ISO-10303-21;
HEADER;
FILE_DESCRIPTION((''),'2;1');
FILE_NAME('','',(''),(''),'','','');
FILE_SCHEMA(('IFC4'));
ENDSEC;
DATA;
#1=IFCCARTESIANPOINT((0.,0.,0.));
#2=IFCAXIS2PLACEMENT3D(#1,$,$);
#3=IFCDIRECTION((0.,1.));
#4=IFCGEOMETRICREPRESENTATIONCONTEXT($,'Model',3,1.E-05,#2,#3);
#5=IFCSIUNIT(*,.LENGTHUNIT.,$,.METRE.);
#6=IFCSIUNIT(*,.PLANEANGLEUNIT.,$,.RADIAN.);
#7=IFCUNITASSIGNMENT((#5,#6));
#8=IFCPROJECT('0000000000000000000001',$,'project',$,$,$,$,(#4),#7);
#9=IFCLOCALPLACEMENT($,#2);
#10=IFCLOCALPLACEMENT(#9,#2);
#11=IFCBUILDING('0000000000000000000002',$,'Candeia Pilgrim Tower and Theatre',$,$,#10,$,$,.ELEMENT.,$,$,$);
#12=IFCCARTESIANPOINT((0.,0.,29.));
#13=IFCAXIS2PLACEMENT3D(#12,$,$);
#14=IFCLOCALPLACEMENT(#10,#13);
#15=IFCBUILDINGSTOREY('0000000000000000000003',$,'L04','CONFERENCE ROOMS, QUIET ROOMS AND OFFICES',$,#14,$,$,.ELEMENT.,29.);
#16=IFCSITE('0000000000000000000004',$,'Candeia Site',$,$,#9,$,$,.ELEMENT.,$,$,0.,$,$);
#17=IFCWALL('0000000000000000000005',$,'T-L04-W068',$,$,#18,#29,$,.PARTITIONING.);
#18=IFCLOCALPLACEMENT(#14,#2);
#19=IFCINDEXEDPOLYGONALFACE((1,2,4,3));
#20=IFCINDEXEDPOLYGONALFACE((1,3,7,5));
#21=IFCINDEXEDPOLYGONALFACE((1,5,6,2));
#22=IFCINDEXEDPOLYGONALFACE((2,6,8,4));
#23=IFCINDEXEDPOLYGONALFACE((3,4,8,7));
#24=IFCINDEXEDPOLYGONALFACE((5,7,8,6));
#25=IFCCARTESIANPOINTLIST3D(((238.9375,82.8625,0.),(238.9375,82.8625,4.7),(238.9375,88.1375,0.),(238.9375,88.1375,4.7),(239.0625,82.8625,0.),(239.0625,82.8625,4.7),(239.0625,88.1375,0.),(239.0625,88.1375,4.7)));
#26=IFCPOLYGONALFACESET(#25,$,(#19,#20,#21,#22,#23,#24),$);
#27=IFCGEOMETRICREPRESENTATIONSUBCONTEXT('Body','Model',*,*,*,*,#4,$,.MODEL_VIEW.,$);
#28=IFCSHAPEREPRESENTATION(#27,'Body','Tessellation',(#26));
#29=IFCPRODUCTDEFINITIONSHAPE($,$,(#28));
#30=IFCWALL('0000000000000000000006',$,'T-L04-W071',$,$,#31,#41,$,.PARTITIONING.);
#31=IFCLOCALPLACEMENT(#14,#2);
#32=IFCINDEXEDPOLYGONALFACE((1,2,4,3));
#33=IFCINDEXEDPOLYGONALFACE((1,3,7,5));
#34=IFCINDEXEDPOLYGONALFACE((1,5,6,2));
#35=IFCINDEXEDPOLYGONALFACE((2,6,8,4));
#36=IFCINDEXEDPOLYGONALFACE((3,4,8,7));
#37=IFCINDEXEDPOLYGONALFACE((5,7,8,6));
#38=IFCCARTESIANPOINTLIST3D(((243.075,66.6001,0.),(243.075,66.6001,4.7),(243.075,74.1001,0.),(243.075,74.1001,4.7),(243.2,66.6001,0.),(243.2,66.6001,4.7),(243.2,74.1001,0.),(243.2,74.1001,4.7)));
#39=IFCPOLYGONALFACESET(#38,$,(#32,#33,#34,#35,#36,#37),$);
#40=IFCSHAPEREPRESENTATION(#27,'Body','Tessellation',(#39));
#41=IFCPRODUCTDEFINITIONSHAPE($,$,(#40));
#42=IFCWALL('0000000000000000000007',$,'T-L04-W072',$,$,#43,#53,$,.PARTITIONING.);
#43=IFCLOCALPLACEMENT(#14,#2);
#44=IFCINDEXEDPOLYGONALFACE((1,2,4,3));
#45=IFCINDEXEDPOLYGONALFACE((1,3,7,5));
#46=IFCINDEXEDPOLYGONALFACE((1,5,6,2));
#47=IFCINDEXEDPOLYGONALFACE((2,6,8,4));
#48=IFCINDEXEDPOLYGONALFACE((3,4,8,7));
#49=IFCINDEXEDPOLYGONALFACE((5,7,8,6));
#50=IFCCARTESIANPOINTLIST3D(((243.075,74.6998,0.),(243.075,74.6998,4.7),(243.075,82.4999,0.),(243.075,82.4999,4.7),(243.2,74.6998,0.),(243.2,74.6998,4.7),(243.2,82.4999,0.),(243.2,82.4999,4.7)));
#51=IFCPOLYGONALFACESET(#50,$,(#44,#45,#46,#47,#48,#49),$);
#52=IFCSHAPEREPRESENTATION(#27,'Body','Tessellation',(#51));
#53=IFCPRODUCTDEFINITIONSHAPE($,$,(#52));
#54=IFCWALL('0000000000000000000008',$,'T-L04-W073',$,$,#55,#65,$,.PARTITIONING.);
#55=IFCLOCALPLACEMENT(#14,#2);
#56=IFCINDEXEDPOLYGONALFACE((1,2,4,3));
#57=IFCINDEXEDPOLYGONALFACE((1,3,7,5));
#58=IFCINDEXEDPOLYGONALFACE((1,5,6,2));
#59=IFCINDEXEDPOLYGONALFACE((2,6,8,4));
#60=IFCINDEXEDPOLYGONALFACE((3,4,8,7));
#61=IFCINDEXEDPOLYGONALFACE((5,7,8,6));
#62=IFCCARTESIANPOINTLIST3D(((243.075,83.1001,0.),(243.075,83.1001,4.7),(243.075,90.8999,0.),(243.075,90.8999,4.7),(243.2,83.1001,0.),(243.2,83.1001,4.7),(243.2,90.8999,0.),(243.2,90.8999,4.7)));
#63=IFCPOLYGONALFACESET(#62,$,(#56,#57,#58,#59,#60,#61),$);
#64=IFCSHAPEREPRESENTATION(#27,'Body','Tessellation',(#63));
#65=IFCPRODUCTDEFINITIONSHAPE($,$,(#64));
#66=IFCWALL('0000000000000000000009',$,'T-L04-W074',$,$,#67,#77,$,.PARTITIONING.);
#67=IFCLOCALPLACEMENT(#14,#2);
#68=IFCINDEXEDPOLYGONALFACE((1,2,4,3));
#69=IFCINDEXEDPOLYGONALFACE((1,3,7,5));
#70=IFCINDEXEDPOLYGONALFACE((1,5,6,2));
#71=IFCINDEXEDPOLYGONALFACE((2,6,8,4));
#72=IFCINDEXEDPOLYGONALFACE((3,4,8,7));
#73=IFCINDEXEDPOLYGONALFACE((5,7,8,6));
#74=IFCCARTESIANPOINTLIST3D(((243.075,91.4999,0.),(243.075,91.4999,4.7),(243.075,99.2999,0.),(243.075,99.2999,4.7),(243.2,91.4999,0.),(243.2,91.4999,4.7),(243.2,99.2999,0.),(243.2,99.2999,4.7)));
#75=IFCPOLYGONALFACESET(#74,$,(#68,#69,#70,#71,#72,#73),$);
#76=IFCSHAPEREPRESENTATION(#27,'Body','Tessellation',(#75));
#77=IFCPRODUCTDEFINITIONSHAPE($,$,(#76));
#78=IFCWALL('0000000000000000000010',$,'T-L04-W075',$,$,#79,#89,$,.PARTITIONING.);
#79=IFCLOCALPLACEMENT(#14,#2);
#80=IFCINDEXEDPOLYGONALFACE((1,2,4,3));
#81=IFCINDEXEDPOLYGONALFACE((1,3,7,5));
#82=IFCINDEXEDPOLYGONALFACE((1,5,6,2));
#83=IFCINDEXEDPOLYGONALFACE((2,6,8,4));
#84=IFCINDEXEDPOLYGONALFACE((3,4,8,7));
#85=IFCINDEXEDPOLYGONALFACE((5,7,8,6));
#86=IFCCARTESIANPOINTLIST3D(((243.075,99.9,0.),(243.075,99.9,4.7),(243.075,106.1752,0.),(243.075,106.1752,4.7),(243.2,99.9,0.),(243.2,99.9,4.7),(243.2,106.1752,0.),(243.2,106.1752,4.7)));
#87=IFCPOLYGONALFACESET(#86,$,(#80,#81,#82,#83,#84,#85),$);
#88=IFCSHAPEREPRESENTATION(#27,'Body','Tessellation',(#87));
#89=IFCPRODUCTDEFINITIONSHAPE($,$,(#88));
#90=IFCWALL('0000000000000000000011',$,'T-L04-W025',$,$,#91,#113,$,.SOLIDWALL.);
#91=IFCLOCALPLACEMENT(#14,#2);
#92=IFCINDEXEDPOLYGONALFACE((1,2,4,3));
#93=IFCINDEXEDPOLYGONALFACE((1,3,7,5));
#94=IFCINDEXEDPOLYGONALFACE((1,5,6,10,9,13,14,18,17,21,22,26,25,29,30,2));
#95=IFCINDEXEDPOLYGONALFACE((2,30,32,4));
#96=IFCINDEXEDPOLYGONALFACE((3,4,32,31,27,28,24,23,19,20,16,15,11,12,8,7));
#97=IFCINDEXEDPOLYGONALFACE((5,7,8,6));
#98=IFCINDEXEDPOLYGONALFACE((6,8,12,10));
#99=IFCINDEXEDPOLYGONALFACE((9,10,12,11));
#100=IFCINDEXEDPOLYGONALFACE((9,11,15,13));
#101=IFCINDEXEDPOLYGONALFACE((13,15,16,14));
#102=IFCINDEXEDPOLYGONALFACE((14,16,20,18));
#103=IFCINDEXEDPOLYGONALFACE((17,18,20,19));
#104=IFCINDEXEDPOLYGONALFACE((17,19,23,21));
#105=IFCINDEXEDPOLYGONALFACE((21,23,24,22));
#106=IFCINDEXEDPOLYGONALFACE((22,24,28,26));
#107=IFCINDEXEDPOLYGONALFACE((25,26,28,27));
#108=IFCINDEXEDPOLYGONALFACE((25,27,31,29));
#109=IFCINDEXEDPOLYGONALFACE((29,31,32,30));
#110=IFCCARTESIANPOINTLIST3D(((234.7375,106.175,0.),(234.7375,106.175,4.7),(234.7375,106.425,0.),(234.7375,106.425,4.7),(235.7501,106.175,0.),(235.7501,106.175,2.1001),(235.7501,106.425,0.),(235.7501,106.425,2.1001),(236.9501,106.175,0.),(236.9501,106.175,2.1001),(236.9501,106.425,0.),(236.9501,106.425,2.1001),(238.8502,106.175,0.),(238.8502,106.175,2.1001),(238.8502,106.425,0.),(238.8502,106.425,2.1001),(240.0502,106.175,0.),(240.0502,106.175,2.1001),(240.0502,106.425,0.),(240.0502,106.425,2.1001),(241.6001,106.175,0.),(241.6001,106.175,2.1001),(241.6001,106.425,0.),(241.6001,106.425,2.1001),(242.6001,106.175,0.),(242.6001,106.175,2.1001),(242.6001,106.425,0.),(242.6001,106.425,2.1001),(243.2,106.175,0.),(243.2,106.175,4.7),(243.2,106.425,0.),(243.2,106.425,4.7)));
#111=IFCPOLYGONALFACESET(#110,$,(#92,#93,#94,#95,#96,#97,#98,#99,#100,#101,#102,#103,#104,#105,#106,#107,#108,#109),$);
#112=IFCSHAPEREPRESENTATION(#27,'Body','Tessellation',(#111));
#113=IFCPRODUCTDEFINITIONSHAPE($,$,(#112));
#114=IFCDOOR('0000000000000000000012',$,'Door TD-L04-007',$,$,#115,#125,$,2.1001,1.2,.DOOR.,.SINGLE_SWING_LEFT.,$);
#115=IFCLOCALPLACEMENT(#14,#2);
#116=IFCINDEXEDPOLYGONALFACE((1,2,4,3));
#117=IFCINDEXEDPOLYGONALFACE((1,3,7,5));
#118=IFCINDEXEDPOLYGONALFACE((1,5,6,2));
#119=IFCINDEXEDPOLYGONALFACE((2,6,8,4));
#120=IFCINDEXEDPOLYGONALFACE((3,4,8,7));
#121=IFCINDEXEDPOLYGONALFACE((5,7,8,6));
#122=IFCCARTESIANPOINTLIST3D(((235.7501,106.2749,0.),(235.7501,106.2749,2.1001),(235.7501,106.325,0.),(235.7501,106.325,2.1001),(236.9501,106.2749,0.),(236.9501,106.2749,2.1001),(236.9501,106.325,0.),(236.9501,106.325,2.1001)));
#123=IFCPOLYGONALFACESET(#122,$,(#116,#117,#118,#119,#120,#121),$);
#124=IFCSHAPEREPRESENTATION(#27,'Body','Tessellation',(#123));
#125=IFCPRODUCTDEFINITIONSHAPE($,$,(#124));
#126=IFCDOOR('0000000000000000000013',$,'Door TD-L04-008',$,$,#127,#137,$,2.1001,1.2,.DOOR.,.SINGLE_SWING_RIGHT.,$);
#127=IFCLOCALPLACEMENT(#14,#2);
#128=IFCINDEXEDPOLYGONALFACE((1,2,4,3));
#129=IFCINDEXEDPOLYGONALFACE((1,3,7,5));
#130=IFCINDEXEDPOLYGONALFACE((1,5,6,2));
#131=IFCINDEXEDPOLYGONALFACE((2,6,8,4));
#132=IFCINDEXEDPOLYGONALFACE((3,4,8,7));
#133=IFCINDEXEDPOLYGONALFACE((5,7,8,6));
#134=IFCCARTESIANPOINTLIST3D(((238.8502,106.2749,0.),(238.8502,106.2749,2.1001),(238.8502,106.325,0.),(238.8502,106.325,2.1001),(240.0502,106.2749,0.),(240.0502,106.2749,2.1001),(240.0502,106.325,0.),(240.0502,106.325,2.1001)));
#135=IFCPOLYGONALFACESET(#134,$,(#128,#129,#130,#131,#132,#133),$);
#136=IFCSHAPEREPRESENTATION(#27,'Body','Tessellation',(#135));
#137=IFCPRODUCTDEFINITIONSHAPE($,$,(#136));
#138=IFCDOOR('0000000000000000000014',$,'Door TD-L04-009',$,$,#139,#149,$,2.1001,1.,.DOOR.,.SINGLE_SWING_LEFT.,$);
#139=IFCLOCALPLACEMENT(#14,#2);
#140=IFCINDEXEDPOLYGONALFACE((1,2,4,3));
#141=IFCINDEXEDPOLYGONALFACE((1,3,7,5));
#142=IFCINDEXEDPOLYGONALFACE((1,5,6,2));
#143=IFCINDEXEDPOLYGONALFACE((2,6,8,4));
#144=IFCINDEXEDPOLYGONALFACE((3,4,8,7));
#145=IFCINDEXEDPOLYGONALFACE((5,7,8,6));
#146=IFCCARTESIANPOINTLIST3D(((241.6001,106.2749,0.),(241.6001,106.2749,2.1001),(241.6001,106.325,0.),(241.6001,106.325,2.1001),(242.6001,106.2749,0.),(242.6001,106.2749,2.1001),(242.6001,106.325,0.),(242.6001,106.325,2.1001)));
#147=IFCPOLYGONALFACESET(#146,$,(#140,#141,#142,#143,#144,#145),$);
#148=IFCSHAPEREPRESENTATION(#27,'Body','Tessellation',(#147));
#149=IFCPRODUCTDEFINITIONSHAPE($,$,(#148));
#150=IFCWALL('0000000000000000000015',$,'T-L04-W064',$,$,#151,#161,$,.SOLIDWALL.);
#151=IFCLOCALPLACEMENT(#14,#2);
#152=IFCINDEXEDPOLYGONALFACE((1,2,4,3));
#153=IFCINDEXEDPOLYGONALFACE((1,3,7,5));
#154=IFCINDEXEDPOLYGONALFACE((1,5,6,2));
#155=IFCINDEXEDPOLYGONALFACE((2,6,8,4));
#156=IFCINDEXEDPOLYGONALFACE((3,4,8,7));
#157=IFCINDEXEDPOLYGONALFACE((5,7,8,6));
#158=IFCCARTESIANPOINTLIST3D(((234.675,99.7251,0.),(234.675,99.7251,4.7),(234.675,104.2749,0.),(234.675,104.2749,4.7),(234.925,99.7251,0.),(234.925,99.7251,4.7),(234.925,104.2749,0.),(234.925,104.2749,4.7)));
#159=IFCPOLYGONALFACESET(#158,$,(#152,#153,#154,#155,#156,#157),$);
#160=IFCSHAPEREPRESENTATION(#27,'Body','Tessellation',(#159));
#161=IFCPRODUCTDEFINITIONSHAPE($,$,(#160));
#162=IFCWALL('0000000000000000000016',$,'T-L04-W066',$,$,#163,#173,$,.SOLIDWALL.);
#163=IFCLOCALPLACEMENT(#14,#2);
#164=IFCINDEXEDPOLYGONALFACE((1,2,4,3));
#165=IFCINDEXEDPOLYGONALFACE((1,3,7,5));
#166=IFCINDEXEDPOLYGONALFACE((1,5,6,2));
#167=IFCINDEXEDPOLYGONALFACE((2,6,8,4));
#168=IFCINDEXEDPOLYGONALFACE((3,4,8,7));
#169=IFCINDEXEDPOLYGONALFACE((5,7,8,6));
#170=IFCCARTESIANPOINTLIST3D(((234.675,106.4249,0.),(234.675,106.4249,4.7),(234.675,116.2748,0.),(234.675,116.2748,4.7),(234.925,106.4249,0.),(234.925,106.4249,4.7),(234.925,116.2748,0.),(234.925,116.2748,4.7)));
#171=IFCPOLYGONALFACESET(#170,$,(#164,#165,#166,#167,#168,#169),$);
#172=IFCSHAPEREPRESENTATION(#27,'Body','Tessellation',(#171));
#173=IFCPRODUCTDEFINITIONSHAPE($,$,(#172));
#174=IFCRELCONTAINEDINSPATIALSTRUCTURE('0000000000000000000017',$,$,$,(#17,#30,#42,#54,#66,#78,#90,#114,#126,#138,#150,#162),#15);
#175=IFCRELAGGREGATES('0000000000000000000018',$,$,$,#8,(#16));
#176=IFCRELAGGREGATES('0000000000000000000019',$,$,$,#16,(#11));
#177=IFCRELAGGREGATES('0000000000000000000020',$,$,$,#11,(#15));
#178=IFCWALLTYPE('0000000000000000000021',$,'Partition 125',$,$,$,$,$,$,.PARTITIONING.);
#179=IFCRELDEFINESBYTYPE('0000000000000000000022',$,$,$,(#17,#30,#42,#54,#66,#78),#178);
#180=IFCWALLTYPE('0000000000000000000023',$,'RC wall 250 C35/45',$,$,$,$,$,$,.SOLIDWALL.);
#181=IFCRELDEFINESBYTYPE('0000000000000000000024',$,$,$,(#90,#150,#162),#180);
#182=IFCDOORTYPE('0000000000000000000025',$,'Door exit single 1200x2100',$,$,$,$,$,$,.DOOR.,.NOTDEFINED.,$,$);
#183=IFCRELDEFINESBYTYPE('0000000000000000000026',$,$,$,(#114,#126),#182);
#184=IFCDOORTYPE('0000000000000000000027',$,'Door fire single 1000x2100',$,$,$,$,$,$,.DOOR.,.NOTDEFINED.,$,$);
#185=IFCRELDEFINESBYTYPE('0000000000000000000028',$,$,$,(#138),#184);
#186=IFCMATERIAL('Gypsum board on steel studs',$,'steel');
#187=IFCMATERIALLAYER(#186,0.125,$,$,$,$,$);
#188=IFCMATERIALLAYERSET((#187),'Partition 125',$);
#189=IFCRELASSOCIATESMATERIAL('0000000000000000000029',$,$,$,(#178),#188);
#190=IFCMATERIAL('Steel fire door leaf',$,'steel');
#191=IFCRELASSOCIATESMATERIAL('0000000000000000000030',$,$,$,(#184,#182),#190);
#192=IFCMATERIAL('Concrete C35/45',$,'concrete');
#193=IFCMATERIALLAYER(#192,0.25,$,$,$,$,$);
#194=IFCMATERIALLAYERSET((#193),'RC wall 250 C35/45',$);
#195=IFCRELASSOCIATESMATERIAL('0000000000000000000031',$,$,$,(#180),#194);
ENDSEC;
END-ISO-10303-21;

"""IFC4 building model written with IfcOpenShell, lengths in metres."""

from ifc_helpers import new_model, si_unit, direction, frame, frame_2d, origin, place, context, subcontext, project, spatial, rectangle, extrude, material, layer, layer_set, type_object, element, fill, save


model = new_model("IFC4")

# Units and contexts
model_context = context("Model", 3, precision=1e-05, world=origin(), true_north=direction((0.0, 1.0)))
body_context = subcontext(model_context, "Body", "Model", "MODEL_VIEW")
ifc_project = project(units=[si_unit("LENGTHUNIT", "METRE"), si_unit("PLANEANGLEUNIT", "RADIAN")], contexts=[model_context])

# Site, building, storey
site_placement = place(None, origin())
site = spatial("IfcSite", under=ifc_project, at=site_placement, Name="Candeia Site", CompositionType="ELEMENT", RefElevation=0.0)
building_placement = place(site_placement, origin())
building = spatial("IfcBuilding", under=site, at=building_placement, Name="Candeia Pilgrim Tower and Theatre", CompositionType="ELEMENT")
storey_placement = place(building_placement, frame((0.0, 0.0, 29.0)))
storey = spatial("IfcBuildingStorey", under=building, at=storey_placement, Name="L04", Description="CONFERENCE ROOMS, QUIET ROOMS AND OFFICES", CompositionType="ELEMENT", Elevation=29.0)

# Shared definitions
ifc_material_1 = material(Name="Gypsum board on steel studs", Category="steel")
ifc_layer_1 = layer(ifc_material_1, 0.125)
ifc_layer_set_1 = layer_set([ifc_layer_1], Name="Partition 125")
wall_type_1 = type_object("IfcWallType", Name="Partition 125", PredefinedType="PARTITIONING", material=ifc_layer_set_1)

# Shared definitions
ifc_material_2 = material(Name="Steel fire door leaf", Category="steel")
door_type_1 = type_object("IfcDoorType", Name="Door fire single 1000x2100", OperationType="NOTDEFINED", PredefinedType="DOOR", material=ifc_material_2)

# Walls
wall_1_placement = place(storey_placement, frame((239.0, 82.8625, 0.0), z_axis=(0.0, 0.0, 1.0), x_axis=(0.0, 1.0, 0.0)))
element("IfcWall", 1, at=wall_1_placement, inside=storey, type_object=wall_type_1, Name="T-L04-W068", PredefinedType="PARTITIONING", context=body_context, shape_type="SweptSolid", body=[
    extrude(rectangle(XDim=5.2749, YDim=0.125, at=frame_2d((2.6375, 0.0))), origin(), (0.0, 0.0, 1.0), 4.7),
])
wall_2_placement = place(storey_placement, frame((243.1375, 66.6001, 0.0), z_axis=(0.0, 0.0, 1.0), x_axis=(0.0, 1.0, 0.0)))
element("IfcWall", 2, at=wall_2_placement, inside=storey, type_object=wall_type_1, Name="T-L04-W071", PredefinedType="PARTITIONING", context=body_context, shape_type="SweptSolid", body=[
    extrude(rectangle(XDim=7.5, YDim=0.125, at=frame_2d((3.75, 0.0))), origin(), (0.0, 0.0, 1.0), 4.7),
])
wall_3_placement = place(storey_placement, frame((243.1375, 74.7, 0.0), z_axis=(0.0, 0.0, 1.0), x_axis=(0.0, 1.0, 0.0)))
element("IfcWall", 3, at=wall_3_placement, inside=storey, type_object=wall_type_1, Name="T-L04-W072", PredefinedType="PARTITIONING", context=body_context, shape_type="SweptSolid", body=[
    extrude(rectangle(XDim=7.8, YDim=0.125, at=frame_2d((3.8999, 0.0))), origin(), (0.0, 0.0, 1.0), 4.7),
])
wall_4_placement = place(storey_placement, frame((243.1375, 83.1001, 0.0), z_axis=(0.0, 0.0, 1.0), x_axis=(0.0, 1.0, 0.0)))
element("IfcWall", 4, at=wall_4_placement, inside=storey, type_object=wall_type_1, Name="T-L04-W073", PredefinedType="PARTITIONING", context=body_context, shape_type="SweptSolid", body=[
    extrude(rectangle(XDim=7.7998, YDim=0.125, at=frame_2d((3.8999, 0.0))), origin(), (0.0, 0.0, 1.0), 4.7),
])
wall_5_placement = place(storey_placement, frame((243.1375, 91.5, 0.0), z_axis=(0.0, 0.0, 1.0), x_axis=(0.0, 1.0, 0.0)))
element("IfcWall", 5, at=wall_5_placement, inside=storey, type_object=wall_type_1, Name="T-L04-W074", PredefinedType="PARTITIONING", context=body_context, shape_type="SweptSolid", body=[
    extrude(rectangle(XDim=7.8, YDim=0.125, at=frame_2d((3.8999, 0.0))), origin(), (0.0, 0.0, 1.0), 4.7),
])
wall_6_placement = place(storey_placement, frame((243.1375, 99.8999, 0.0), z_axis=(0.0, 0.0, 1.0), x_axis=(0.0, 1.0, 0.0)))
element("IfcWall", 6, at=wall_6_placement, inside=storey, type_object=wall_type_1, Name="T-L04-W075", PredefinedType="PARTITIONING", context=body_context, shape_type="SweptSolid", body=[
    extrude(rectangle(XDim=6.2751, YDim=0.125, at=frame_2d((3.1377, 0.0))), origin(), (0.0, 0.0, 1.0), 4.7),
])

# Wall, openings, doors
ifc_material_3 = material(Name="Concrete C35/45", Category="concrete")
ifc_layer_2 = layer(ifc_material_3, 0.25)
ifc_layer_set_2 = layer_set([ifc_layer_2], Name="RC wall 250 C35/45")
wall_type_2 = type_object("IfcWallType", Name="RC wall 250 C35/45", PredefinedType="SOLIDWALL", material=ifc_layer_set_2)
wall_7_placement = place(storey_placement, frame((234.7375, 106.3, 0.0), z_axis=(0.0, 0.0, 1.0), x_axis=(1.0, 0.0, 0.0)))
wall_7 = element("IfcWall", 7, at=wall_7_placement, inside=storey, type_object=wall_type_2, Name="T-L04-W025", PredefinedType="SOLIDWALL", context=body_context, shape_type="SweptSolid", body=[
    extrude(rectangle(XDim=8.4624, YDim=0.25, at=frame_2d((4.2312, 0.0))), origin(), (0.0, 0.0, 1.0), 4.7),
])
opening_1_placement = place(wall_7_placement, frame((1.0125, 0.0, 0.0)))
opening_1 = element("IfcOpeningElement", 8, at=opening_1_placement, cuts=wall_7, PredefinedType="OPENING", context=body_context, shape_type="SweptSolid", body=[
    extrude(rectangle(XDim=1.2, YDim=2.1001, at=frame_2d((0.6001, 1.05))), frame((0.0, 0.135, 0.0), z_axis=(0.0, -1.0, 0.0), x_axis=(1.0, 0.0, 0.0)), (0.0, 0.0, 1.0), 0.27),
])
opening_2_placement = place(wall_7_placement, frame((4.1125, 0.0, 0.0)))
opening_2 = element("IfcOpeningElement", 9, at=opening_2_placement, cuts=wall_7, PredefinedType="OPENING", context=body_context, shape_type="SweptSolid", body=[
    extrude(rectangle(XDim=1.2, YDim=2.1001, at=frame_2d((0.6001, 1.05))), frame((0.0, 0.135, 0.0), z_axis=(0.0, -1.0, 0.0), x_axis=(1.0, 0.0, 0.0)), (0.0, 0.0, 1.0), 0.27),
])
opening_3_placement = place(wall_7_placement, frame((6.8625, 0.0, 0.0)))
opening_3 = element("IfcOpeningElement", 10, at=opening_3_placement, cuts=wall_7, PredefinedType="OPENING", context=body_context, shape_type="SweptSolid", body=[
    extrude(rectangle(XDim=1.0, YDim=2.1001, at=frame_2d((0.5, 1.05))), frame((0.0, 0.135, 0.0), z_axis=(0.0, -1.0, 0.0), x_axis=(1.0, 0.0, 0.0)), (0.0, 0.0, 1.0), 0.27),
])
door_type_2 = type_object("IfcDoorType", Name="Door exit single 1200x2100", OperationType="NOTDEFINED", PredefinedType="DOOR", material=ifc_material_2)
door_1_placement = place(opening_1_placement, origin())
door_1 = element("IfcDoor", 11, at=door_1_placement, inside=storey, type_object=door_type_2, Name="Door TD-L04-007", OperationType="SINGLE_SWING_LEFT", OverallHeight=2.1001, OverallWidth=1.2, PredefinedType="DOOR", context=body_context, shape_type="SweptSolid", body=[
    extrude(rectangle(XDim=1.2, YDim=2.1001, at=frame_2d((0.6001, 1.05))), frame((0.0, 0.0249, 0.0), z_axis=(0.0, -1.0, 0.0), x_axis=(1.0, 0.0, 0.0)), (0.0, 0.0, 1.0), 0.05),
])
fill(opening_1, door_1)
door_2_placement = place(opening_2_placement, origin())
door_2 = element("IfcDoor", 12, at=door_2_placement, inside=storey, type_object=door_type_2, Name="Door TD-L04-008", OperationType="SINGLE_SWING_RIGHT", OverallHeight=2.1001, OverallWidth=1.2, PredefinedType="DOOR", context=body_context, shape_type="SweptSolid", body=[
    extrude(rectangle(XDim=1.2, YDim=2.1001, at=frame_2d((0.6001, 1.05))), frame((0.0, 0.0249, 0.0), z_axis=(0.0, -1.0, 0.0), x_axis=(1.0, 0.0, 0.0)), (0.0, 0.0, 1.0), 0.05),
])
fill(opening_2, door_2)
door_3_placement = place(opening_3_placement, origin())
door_3 = element("IfcDoor", 13, at=door_3_placement, inside=storey, type_object=door_type_1, Name="Door TD-L04-009", OperationType="SINGLE_SWING_LEFT", OverallHeight=2.1001, OverallWidth=1.0, PredefinedType="DOOR", context=body_context, shape_type="SweptSolid", body=[
    extrude(rectangle(XDim=1.0, YDim=2.1001, at=frame_2d((0.5, 1.05))), frame((0.0, 0.0249, 0.0), z_axis=(0.0, -1.0, 0.0), x_axis=(1.0, 0.0, 0.0)), (0.0, 0.0, 1.0), 0.05),
])
fill(opening_3, door_3)

# Walls
wall_8_placement = place(storey_placement, frame((234.8, 99.7251, 0.0), z_axis=(0.0, 0.0, 1.0), x_axis=(0.0, 1.0, 0.0)))
element("IfcWall", 14, at=wall_8_placement, inside=storey, type_object=wall_type_2, Name="T-L04-W064", PredefinedType="SOLIDWALL", context=body_context, shape_type="SweptSolid", body=[
    extrude(rectangle(XDim=4.5498, YDim=0.25, at=frame_2d((2.2749, 0.0))), origin(), (0.0, 0.0, 1.0), 4.7),
])
wall_9_placement = place(storey_placement, frame((234.8, 106.425, 0.0), z_axis=(0.0, 0.0, 1.0), x_axis=(0.0, 1.0, 0.0)))
element("IfcWall", 15, at=wall_9_placement, inside=storey, type_object=wall_type_2, Name="T-L04-W066", PredefinedType="SOLIDWALL", context=body_context, shape_type="SweptSolid", body=[
    extrude(rectangle(XDim=9.8499, YDim=0.25, at=frame_2d((4.9248, 0.0))), origin(), (0.0, 0.0, 1.0), 4.7),
])

save(model, "model.ifc")
